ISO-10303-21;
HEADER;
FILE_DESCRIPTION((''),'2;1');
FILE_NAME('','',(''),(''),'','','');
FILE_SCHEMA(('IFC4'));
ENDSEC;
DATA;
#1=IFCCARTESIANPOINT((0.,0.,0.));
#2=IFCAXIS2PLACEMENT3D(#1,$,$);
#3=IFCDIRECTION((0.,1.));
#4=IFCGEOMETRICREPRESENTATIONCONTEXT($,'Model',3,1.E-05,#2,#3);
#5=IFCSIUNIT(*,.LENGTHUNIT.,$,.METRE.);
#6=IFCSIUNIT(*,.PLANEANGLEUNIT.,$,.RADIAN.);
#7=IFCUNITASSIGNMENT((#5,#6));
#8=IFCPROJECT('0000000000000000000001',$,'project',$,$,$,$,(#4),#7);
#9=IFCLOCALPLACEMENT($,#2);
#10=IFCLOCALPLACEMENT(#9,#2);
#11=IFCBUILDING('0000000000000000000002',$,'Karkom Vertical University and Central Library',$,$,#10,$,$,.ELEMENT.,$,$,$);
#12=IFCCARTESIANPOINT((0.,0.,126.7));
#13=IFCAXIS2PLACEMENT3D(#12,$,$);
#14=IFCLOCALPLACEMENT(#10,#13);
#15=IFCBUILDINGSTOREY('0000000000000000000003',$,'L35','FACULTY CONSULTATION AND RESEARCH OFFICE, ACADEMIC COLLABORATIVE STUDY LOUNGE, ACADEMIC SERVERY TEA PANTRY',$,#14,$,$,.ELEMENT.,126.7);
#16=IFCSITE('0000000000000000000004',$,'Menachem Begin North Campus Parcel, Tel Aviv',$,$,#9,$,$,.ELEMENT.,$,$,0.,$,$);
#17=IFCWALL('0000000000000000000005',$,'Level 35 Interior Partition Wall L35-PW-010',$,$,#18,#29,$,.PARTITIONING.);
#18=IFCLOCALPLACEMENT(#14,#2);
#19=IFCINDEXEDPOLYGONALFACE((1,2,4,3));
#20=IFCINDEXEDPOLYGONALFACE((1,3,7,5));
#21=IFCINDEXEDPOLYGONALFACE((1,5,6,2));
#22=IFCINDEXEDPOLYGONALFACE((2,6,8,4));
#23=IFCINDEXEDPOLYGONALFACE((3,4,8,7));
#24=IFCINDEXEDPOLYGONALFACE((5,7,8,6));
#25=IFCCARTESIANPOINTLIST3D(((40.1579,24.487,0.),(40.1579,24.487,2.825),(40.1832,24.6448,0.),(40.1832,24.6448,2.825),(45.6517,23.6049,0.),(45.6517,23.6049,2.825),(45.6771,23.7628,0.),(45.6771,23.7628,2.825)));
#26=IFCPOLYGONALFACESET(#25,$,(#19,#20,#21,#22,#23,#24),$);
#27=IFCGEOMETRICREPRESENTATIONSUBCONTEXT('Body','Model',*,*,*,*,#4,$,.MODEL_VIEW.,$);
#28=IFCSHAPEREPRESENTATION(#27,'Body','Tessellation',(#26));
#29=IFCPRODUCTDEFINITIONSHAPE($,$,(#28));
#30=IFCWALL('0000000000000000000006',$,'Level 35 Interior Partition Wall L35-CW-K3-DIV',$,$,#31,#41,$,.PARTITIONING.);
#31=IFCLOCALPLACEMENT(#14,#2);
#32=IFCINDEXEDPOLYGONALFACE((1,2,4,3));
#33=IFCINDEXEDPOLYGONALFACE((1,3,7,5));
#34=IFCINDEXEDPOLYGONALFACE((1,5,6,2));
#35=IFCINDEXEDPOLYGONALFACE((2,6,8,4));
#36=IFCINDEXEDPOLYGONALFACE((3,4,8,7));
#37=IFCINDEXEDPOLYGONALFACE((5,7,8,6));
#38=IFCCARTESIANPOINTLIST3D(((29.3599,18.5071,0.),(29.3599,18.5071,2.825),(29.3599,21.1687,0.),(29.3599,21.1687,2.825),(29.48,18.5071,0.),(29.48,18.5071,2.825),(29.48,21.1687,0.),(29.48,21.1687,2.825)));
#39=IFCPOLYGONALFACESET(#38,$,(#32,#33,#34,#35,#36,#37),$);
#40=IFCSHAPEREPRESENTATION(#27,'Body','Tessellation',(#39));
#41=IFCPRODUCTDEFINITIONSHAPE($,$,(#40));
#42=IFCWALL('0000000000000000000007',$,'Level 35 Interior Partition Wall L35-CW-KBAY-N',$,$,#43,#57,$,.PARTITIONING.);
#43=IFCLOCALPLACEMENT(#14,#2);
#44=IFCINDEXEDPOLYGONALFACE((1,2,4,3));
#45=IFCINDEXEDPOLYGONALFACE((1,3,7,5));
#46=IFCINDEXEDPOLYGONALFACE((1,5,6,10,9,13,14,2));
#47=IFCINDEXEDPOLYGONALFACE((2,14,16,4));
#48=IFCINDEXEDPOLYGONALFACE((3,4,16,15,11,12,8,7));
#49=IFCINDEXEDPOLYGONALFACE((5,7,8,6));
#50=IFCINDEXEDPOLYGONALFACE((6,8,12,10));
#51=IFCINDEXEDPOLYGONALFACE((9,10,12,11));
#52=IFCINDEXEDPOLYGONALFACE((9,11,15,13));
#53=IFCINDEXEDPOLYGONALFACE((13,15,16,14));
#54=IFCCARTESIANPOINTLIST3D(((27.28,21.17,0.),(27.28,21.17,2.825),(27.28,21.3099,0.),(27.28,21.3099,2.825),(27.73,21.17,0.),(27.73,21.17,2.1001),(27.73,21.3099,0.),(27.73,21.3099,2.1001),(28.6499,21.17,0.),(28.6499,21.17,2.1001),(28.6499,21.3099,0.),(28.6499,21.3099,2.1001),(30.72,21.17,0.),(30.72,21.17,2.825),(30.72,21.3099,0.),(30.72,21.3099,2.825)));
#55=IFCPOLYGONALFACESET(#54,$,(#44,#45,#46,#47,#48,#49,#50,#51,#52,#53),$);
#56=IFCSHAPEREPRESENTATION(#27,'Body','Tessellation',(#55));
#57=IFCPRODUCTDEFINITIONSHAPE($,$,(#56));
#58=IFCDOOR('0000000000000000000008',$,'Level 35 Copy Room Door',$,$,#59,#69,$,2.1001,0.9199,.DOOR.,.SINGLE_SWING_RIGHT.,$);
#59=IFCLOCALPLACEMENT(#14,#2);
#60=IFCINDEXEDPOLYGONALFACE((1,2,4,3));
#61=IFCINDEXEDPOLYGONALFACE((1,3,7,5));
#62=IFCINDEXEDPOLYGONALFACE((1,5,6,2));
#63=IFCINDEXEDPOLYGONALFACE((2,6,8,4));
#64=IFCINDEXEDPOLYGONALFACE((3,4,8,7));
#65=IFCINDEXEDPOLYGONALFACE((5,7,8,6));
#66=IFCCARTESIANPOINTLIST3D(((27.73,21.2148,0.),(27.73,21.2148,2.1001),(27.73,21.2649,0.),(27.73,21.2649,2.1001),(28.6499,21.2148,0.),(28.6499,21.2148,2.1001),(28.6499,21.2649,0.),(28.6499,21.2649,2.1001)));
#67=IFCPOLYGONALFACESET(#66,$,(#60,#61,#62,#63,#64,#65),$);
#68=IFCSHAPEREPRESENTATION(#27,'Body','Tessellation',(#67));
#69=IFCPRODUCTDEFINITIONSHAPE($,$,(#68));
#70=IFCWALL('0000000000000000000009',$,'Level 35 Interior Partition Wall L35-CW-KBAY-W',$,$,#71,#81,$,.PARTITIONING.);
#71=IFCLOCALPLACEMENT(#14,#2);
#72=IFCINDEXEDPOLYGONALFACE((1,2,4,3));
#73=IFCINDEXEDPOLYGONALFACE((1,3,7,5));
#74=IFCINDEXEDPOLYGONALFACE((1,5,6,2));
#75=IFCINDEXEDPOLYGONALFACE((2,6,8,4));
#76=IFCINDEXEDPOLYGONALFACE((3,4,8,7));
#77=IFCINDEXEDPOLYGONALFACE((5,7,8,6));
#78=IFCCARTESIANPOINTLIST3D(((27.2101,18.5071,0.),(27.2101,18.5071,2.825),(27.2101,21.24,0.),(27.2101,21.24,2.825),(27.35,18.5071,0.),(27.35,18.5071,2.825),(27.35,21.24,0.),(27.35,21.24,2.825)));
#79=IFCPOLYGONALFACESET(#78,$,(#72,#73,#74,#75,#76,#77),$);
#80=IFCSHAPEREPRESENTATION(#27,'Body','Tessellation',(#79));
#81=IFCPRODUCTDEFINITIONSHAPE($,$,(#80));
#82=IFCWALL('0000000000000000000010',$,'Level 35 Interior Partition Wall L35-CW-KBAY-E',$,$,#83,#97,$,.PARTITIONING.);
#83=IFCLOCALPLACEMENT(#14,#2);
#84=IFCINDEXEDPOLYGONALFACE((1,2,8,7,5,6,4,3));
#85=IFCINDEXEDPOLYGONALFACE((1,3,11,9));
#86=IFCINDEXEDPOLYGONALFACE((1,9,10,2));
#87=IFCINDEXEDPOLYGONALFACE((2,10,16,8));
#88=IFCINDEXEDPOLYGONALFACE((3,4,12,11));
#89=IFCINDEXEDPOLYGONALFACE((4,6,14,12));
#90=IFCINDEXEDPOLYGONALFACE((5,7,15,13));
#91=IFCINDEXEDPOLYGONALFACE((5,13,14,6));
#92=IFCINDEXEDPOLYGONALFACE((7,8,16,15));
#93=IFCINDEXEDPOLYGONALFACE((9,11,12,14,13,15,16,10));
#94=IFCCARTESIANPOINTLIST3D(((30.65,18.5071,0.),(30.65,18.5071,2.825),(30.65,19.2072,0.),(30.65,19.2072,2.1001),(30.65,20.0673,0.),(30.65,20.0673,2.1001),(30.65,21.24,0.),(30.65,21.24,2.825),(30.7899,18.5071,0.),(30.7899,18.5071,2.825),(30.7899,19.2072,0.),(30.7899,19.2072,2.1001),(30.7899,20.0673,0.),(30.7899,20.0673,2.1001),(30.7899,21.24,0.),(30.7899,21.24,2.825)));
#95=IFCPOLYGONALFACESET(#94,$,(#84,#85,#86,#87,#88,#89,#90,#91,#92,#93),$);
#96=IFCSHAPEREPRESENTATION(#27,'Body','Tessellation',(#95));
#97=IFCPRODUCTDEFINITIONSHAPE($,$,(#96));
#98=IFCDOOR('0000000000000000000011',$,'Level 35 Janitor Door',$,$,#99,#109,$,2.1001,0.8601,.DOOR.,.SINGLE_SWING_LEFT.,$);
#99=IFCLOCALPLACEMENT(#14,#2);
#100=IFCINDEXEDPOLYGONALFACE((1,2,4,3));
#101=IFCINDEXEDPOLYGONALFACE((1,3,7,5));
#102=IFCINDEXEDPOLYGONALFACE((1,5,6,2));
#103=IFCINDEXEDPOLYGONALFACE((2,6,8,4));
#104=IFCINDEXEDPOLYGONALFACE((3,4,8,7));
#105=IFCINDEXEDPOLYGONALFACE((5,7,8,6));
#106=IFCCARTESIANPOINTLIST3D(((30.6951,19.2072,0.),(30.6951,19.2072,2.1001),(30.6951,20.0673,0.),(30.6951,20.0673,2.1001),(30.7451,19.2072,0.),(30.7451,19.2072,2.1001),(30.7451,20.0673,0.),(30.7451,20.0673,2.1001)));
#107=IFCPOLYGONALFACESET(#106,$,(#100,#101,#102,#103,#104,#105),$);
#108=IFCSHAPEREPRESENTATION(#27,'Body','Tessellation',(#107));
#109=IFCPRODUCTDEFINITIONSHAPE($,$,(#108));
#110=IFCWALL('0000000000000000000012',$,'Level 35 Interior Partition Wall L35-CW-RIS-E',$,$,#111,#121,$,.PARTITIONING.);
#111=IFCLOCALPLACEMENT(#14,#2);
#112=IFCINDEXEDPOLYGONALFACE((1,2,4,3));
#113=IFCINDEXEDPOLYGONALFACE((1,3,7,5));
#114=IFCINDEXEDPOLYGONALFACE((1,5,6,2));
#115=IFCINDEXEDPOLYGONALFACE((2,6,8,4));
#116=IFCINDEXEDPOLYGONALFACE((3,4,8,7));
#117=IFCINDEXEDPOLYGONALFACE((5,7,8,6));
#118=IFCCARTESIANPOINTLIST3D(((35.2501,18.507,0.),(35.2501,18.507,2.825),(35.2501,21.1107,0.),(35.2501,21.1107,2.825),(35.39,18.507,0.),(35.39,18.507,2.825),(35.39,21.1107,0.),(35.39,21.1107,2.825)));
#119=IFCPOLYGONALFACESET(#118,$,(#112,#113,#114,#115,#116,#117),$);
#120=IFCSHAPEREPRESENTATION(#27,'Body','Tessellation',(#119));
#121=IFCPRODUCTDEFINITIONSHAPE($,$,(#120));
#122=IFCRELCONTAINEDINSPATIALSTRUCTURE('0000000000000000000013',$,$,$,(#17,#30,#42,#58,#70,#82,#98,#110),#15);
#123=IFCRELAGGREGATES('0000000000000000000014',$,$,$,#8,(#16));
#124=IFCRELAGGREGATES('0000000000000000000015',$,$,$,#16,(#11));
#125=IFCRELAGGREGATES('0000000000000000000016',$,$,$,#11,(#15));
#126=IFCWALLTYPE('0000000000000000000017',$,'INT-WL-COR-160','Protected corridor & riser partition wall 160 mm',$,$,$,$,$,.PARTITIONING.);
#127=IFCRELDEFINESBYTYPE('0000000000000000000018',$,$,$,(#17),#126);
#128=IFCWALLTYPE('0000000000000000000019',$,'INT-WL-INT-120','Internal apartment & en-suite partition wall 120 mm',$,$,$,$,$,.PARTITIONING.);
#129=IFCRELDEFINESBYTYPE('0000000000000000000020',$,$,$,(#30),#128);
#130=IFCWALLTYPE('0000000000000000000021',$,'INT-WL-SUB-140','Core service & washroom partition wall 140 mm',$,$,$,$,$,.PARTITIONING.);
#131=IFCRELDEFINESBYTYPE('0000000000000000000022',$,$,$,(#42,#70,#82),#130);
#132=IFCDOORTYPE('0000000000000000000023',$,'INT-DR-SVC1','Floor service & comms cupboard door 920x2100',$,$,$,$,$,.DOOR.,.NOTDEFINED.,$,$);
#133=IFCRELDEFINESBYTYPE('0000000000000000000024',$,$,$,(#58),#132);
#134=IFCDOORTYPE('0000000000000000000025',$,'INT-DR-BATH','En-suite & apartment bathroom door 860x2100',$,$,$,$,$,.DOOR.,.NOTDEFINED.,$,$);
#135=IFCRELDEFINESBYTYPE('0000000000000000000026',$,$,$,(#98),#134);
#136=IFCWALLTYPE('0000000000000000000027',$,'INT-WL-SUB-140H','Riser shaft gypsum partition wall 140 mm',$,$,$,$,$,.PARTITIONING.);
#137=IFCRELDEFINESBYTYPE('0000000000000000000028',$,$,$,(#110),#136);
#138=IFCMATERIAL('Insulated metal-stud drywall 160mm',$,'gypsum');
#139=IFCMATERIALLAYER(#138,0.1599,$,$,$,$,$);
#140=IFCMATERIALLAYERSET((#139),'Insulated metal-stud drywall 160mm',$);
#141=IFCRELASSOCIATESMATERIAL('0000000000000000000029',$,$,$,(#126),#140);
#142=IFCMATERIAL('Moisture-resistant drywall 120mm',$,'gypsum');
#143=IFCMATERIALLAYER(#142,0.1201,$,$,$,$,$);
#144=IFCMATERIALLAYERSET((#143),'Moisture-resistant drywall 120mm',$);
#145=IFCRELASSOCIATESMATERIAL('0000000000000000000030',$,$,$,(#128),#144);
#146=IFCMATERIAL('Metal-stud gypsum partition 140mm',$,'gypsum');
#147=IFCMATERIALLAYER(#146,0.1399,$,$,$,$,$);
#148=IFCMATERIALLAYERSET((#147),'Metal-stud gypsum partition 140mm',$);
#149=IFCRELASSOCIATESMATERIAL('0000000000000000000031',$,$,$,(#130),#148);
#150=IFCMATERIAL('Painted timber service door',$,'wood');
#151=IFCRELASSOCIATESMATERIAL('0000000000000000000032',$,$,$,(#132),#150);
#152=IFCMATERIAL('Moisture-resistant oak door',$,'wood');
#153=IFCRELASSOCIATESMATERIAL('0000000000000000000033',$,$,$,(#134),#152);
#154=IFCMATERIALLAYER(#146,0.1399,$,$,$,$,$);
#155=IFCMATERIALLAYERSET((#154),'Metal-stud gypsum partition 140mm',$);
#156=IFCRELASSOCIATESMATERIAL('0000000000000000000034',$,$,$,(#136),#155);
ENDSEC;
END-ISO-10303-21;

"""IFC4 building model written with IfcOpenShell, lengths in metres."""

from ifc_helpers import new_model, si_unit, direction, frame, frame_2d, origin, origin_with_axes, place, context, subcontext, project, spatial, rectangle, extrude, source, transform, mapped, material, layer, layer_set, type_object, element, fill, save


model = new_model("IFC4")

# Units and contexts
model_context = context("Model", 3, precision=1e-05, world=origin(), true_north=direction((0.0, 1.0)))
body_context = subcontext(model_context, "Body", "Model", "MODEL_VIEW")
ifc_project = project(units=[si_unit("LENGTHUNIT", "METRE"), si_unit("PLANEANGLEUNIT", "RADIAN")], contexts=[model_context])

# Site, building, storey
site_placement = place(None, origin())
site = spatial("IfcSite", under=ifc_project, at=site_placement, Name="Menachem Begin North Campus Parcel, Tel Aviv", CompositionType="ELEMENT", RefElevation=0.0)
building_placement = place(site_placement, origin())
building = spatial("IfcBuilding", under=site, at=building_placement, Name="Karkom Vertical University and Central Library", CompositionType="ELEMENT")
storey_placement = place(building_placement, frame((0.0, 0.0, 126.7)))
storey = spatial("IfcBuildingStorey", under=building, at=storey_placement, Name="L35", Description="FACULTY CONSULTATION AND RESEARCH OFFICE, ACADEMIC COLLABORATIVE STUDY LOUNGE, ACADEMIC SERVERY TEA PANTRY", CompositionType="ELEMENT", Elevation=126.7)

# Walls
ifc_material_1 = material(Name="Insulated metal-stud drywall 160mm", Category="gypsum")
ifc_layer_1 = layer(ifc_material_1, 0.1599)
ifc_layer_set_1 = layer_set([ifc_layer_1], Name="Insulated metal-stud drywall 160mm")
wall_type_1 = type_object("IfcWallType", Name="INT-WL-COR-160", Description="Protected corridor & riser partition wall 160 mm", PredefinedType="PARTITIONING", material=ifc_layer_set_1)
wall_1_placement = place(storey_placement, frame((40.1704, 24.5659, 0.0), z_axis=(0.0, 0.0, 1.0), x_axis=(0.987355, -0.158526, 0.0)))
element("IfcWall", 1, at=wall_1_placement, inside=storey, type_object=wall_type_1, Name="Level 35 Interior Partition Wall L35-PW-010", PredefinedType="PARTITIONING", context=body_context, shape_type="SweptSolid", body=[
    extrude(rectangle(XDim=5.5642, YDim=0.1599, at=frame_2d((2.7822, 0.0))), origin(), (0.0, 0.0, 1.0), 2.825),
])
ifc_material_2 = material(Name="Moisture-resistant drywall 120mm", Category="gypsum")
ifc_layer_2 = layer(ifc_material_2, 0.1201)
ifc_layer_set_2 = layer_set([ifc_layer_2], Name="Moisture-resistant drywall 120mm")
wall_type_2 = type_object("IfcWallType", Name="INT-WL-INT-120", Description="Internal apartment & en-suite partition wall 120 mm", PredefinedType="PARTITIONING", material=ifc_layer_set_2)
wall_2_placement = place(storey_placement, frame((29.4199, 18.5071, 0.0), z_axis=(0.0, 0.0, 1.0), x_axis=(0.0, 1.0, 0.0)))
element("IfcWall", 2, at=wall_2_placement, inside=storey, type_object=wall_type_2, Name="Level 35 Interior Partition Wall L35-CW-K3-DIV", PredefinedType="PARTITIONING", context=body_context, shape_type="SweptSolid", body=[
    extrude(rectangle(XDim=2.6616, YDim=0.1201, at=frame_2d((1.3308, 0.0))), origin(), (0.0, 0.0, 1.0), 2.825),
])

# Wall, opening, door
ifc_material_3 = material(Name="Metal-stud gypsum partition 140mm", Category="gypsum")
ifc_layer_3 = layer(ifc_material_3, 0.1399)
ifc_layer_set_3 = layer_set([ifc_layer_3], Name="Metal-stud gypsum partition 140mm")
wall_type_3 = type_object("IfcWallType", Name="INT-WL-SUB-140", Description="Core service & washroom partition wall 140 mm", PredefinedType="PARTITIONING", material=ifc_layer_set_3)
wall_3_placement = place(storey_placement, frame((27.28, 21.24, 0.0), z_axis=(0.0, 0.0, 1.0), x_axis=(1.0, 0.0, 0.0)))
wall_3 = element("IfcWall", 3, at=wall_3_placement, inside=storey, type_object=wall_type_3, Name="Level 35 Interior Partition Wall L35-CW-KBAY-N", PredefinedType="PARTITIONING", context=body_context, shape_type="SweptSolid", body=[
    extrude(rectangle(XDim=3.4399, YDim=0.1399, at=frame_2d((1.72, 0.0))), origin(), (0.0, 0.0, 1.0), 2.825),
])
opening_1_placement = place(wall_3_placement, frame((0.45, 0.0, 0.0)))
opening_1 = element("IfcOpeningElement", 4, at=opening_1_placement, cuts=wall_3, PredefinedType="OPENING", context=body_context, shape_type="SweptSolid", body=[
    extrude(rectangle(XDim=0.9199, YDim=2.1001, at=frame_2d((0.46, 1.05))), frame((0.0, 0.0801, 0.0), z_axis=(0.0, -1.0, 0.0), x_axis=(1.0, 0.0, 0.0)), (0.0, 0.0, 1.0), 0.1599),
])
ifc_material_4 = material(Name="Painted timber service door", Category="wood")
door_type_1 = type_object("IfcDoorType", Name="INT-DR-SVC1", Description="Floor service & comms cupboard door 920x2100", OperationType="NOTDEFINED", PredefinedType="DOOR", material=ifc_material_4)
shared_shape_1 = source(origin_with_axes(), body_context, "Body", "SweptSolid", [
    extrude(rectangle(XDim=0.9199, YDim=2.1001, at=frame_2d((0.46, 1.05))), frame((0.0, 0.0249, 0.0), z_axis=(0.0, -1.0, 0.0), x_axis=(1.0, 0.0, 0.0)), (0.0, 0.0, 1.0), 0.05),
])
door_1_placement = place(opening_1_placement, origin())
door_1 = element("IfcDoor", 5, at=door_1_placement, inside=storey, type_object=door_type_1, Name="Level 35 Copy Room Door", OperationType="SINGLE_SWING_RIGHT", OverallHeight=2.1001, OverallWidth=0.9199, PredefinedType="DOOR", context=body_context, shape_type="MappedRepresentation", body=[
    mapped(shared_shape_1, transform((0.0, 0.0, 0.0), scale=1.0)),
])
fill(opening_1, door_1)

# Wall
wall_4_placement = place(storey_placement, frame((27.28, 18.5071, 0.0), z_axis=(0.0, 0.0, 1.0), x_axis=(0.0, 1.0, 0.0)))
element("IfcWall", 6, at=wall_4_placement, inside=storey, type_object=wall_type_3, Name="Level 35 Interior Partition Wall L35-CW-KBAY-W", PredefinedType="PARTITIONING", context=body_context, shape_type="SweptSolid", body=[
    extrude(rectangle(XDim=2.7329, YDim=0.1399, at=frame_2d((1.3665, 0.0))), origin(), (0.0, 0.0, 1.0), 2.825),
])

# Wall, opening, door
wall_5_placement = place(storey_placement, frame((30.72, 18.5071, 0.0), z_axis=(0.0, 0.0, 1.0), x_axis=(0.0, 1.0, 0.0)))
wall_5 = element("IfcWall", 7, at=wall_5_placement, inside=storey, type_object=wall_type_3, Name="Level 35 Interior Partition Wall L35-CW-KBAY-E", PredefinedType="PARTITIONING", context=body_context, shape_type="SweptSolid", body=[
    extrude(rectangle(XDim=2.7329, YDim=0.1399, at=frame_2d((1.3665, 0.0))), origin(), (0.0, 0.0, 1.0), 2.825),
])
opening_2_placement = place(wall_5_placement, frame((0.7, 0.0, 0.0)))
opening_2 = element("IfcOpeningElement", 8, at=opening_2_placement, cuts=wall_5, PredefinedType="OPENING", context=body_context, shape_type="SweptSolid", body=[
    extrude(rectangle(XDim=0.8601, YDim=2.1001, at=frame_2d((0.4302, 1.05))), frame((0.0, 0.0801, 0.0), z_axis=(0.0, -1.0, 0.0), x_axis=(1.0, 0.0, 0.0)), (0.0, 0.0, 1.0), 0.1599),
])
ifc_material_5 = material(Name="Moisture-resistant oak door", Category="wood")
door_type_2 = type_object("IfcDoorType", Name="INT-DR-BATH", Description="En-suite & apartment bathroom door 860x2100", OperationType="NOTDEFINED", PredefinedType="DOOR", material=ifc_material_5)
shared_shape_2 = source(origin_with_axes(), body_context, "Body", "SweptSolid", [
    extrude(rectangle(XDim=0.8601, YDim=2.1001, at=frame_2d((0.4302, 1.05))), frame((0.0, 0.0249, 0.0), z_axis=(0.0, -1.0, 0.0), x_axis=(1.0, 0.0, 0.0)), (0.0, 0.0, 1.0), 0.05),
])
door_2_placement = place(opening_2_placement, origin())
door_2 = element("IfcDoor", 9, at=door_2_placement, inside=storey, type_object=door_type_2, Name="Level 35 Janitor Door", OperationType="SINGLE_SWING_LEFT", OverallHeight=2.1001, OverallWidth=0.8601, PredefinedType="DOOR", context=body_context, shape_type="MappedRepresentation", body=[
    mapped(shared_shape_2, transform((0.0, 0.0, 0.0), scale=1.0)),
])
fill(opening_2, door_2)

# Wall
ifc_layer_4 = layer(ifc_material_3, 0.1399)
ifc_layer_set_4 = layer_set([ifc_layer_4], Name="Metal-stud gypsum partition 140mm")
wall_type_4 = type_object("IfcWallType", Name="INT-WL-SUB-140H", Description="Riser shaft gypsum partition wall 140 mm", PredefinedType="PARTITIONING", material=ifc_layer_set_4)
wall_6_placement = place(storey_placement, frame((35.3201, 18.5071, 0.0), z_axis=(0.0, 0.0, 1.0), x_axis=(0.0, 1.0, 0.0)))
element("IfcWall", 10, at=wall_6_placement, inside=storey, type_object=wall_type_4, Name="Level 35 Interior Partition Wall L35-CW-RIS-E", PredefinedType="PARTITIONING", context=body_context, shape_type="SweptSolid", body=[
    extrude(rectangle(XDim=2.6038, YDim=0.1399, at=frame_2d((1.3018, 0.0))), origin(), (0.0, 0.0, 1.0), 2.825),
])

save(model, "model.ifc")
